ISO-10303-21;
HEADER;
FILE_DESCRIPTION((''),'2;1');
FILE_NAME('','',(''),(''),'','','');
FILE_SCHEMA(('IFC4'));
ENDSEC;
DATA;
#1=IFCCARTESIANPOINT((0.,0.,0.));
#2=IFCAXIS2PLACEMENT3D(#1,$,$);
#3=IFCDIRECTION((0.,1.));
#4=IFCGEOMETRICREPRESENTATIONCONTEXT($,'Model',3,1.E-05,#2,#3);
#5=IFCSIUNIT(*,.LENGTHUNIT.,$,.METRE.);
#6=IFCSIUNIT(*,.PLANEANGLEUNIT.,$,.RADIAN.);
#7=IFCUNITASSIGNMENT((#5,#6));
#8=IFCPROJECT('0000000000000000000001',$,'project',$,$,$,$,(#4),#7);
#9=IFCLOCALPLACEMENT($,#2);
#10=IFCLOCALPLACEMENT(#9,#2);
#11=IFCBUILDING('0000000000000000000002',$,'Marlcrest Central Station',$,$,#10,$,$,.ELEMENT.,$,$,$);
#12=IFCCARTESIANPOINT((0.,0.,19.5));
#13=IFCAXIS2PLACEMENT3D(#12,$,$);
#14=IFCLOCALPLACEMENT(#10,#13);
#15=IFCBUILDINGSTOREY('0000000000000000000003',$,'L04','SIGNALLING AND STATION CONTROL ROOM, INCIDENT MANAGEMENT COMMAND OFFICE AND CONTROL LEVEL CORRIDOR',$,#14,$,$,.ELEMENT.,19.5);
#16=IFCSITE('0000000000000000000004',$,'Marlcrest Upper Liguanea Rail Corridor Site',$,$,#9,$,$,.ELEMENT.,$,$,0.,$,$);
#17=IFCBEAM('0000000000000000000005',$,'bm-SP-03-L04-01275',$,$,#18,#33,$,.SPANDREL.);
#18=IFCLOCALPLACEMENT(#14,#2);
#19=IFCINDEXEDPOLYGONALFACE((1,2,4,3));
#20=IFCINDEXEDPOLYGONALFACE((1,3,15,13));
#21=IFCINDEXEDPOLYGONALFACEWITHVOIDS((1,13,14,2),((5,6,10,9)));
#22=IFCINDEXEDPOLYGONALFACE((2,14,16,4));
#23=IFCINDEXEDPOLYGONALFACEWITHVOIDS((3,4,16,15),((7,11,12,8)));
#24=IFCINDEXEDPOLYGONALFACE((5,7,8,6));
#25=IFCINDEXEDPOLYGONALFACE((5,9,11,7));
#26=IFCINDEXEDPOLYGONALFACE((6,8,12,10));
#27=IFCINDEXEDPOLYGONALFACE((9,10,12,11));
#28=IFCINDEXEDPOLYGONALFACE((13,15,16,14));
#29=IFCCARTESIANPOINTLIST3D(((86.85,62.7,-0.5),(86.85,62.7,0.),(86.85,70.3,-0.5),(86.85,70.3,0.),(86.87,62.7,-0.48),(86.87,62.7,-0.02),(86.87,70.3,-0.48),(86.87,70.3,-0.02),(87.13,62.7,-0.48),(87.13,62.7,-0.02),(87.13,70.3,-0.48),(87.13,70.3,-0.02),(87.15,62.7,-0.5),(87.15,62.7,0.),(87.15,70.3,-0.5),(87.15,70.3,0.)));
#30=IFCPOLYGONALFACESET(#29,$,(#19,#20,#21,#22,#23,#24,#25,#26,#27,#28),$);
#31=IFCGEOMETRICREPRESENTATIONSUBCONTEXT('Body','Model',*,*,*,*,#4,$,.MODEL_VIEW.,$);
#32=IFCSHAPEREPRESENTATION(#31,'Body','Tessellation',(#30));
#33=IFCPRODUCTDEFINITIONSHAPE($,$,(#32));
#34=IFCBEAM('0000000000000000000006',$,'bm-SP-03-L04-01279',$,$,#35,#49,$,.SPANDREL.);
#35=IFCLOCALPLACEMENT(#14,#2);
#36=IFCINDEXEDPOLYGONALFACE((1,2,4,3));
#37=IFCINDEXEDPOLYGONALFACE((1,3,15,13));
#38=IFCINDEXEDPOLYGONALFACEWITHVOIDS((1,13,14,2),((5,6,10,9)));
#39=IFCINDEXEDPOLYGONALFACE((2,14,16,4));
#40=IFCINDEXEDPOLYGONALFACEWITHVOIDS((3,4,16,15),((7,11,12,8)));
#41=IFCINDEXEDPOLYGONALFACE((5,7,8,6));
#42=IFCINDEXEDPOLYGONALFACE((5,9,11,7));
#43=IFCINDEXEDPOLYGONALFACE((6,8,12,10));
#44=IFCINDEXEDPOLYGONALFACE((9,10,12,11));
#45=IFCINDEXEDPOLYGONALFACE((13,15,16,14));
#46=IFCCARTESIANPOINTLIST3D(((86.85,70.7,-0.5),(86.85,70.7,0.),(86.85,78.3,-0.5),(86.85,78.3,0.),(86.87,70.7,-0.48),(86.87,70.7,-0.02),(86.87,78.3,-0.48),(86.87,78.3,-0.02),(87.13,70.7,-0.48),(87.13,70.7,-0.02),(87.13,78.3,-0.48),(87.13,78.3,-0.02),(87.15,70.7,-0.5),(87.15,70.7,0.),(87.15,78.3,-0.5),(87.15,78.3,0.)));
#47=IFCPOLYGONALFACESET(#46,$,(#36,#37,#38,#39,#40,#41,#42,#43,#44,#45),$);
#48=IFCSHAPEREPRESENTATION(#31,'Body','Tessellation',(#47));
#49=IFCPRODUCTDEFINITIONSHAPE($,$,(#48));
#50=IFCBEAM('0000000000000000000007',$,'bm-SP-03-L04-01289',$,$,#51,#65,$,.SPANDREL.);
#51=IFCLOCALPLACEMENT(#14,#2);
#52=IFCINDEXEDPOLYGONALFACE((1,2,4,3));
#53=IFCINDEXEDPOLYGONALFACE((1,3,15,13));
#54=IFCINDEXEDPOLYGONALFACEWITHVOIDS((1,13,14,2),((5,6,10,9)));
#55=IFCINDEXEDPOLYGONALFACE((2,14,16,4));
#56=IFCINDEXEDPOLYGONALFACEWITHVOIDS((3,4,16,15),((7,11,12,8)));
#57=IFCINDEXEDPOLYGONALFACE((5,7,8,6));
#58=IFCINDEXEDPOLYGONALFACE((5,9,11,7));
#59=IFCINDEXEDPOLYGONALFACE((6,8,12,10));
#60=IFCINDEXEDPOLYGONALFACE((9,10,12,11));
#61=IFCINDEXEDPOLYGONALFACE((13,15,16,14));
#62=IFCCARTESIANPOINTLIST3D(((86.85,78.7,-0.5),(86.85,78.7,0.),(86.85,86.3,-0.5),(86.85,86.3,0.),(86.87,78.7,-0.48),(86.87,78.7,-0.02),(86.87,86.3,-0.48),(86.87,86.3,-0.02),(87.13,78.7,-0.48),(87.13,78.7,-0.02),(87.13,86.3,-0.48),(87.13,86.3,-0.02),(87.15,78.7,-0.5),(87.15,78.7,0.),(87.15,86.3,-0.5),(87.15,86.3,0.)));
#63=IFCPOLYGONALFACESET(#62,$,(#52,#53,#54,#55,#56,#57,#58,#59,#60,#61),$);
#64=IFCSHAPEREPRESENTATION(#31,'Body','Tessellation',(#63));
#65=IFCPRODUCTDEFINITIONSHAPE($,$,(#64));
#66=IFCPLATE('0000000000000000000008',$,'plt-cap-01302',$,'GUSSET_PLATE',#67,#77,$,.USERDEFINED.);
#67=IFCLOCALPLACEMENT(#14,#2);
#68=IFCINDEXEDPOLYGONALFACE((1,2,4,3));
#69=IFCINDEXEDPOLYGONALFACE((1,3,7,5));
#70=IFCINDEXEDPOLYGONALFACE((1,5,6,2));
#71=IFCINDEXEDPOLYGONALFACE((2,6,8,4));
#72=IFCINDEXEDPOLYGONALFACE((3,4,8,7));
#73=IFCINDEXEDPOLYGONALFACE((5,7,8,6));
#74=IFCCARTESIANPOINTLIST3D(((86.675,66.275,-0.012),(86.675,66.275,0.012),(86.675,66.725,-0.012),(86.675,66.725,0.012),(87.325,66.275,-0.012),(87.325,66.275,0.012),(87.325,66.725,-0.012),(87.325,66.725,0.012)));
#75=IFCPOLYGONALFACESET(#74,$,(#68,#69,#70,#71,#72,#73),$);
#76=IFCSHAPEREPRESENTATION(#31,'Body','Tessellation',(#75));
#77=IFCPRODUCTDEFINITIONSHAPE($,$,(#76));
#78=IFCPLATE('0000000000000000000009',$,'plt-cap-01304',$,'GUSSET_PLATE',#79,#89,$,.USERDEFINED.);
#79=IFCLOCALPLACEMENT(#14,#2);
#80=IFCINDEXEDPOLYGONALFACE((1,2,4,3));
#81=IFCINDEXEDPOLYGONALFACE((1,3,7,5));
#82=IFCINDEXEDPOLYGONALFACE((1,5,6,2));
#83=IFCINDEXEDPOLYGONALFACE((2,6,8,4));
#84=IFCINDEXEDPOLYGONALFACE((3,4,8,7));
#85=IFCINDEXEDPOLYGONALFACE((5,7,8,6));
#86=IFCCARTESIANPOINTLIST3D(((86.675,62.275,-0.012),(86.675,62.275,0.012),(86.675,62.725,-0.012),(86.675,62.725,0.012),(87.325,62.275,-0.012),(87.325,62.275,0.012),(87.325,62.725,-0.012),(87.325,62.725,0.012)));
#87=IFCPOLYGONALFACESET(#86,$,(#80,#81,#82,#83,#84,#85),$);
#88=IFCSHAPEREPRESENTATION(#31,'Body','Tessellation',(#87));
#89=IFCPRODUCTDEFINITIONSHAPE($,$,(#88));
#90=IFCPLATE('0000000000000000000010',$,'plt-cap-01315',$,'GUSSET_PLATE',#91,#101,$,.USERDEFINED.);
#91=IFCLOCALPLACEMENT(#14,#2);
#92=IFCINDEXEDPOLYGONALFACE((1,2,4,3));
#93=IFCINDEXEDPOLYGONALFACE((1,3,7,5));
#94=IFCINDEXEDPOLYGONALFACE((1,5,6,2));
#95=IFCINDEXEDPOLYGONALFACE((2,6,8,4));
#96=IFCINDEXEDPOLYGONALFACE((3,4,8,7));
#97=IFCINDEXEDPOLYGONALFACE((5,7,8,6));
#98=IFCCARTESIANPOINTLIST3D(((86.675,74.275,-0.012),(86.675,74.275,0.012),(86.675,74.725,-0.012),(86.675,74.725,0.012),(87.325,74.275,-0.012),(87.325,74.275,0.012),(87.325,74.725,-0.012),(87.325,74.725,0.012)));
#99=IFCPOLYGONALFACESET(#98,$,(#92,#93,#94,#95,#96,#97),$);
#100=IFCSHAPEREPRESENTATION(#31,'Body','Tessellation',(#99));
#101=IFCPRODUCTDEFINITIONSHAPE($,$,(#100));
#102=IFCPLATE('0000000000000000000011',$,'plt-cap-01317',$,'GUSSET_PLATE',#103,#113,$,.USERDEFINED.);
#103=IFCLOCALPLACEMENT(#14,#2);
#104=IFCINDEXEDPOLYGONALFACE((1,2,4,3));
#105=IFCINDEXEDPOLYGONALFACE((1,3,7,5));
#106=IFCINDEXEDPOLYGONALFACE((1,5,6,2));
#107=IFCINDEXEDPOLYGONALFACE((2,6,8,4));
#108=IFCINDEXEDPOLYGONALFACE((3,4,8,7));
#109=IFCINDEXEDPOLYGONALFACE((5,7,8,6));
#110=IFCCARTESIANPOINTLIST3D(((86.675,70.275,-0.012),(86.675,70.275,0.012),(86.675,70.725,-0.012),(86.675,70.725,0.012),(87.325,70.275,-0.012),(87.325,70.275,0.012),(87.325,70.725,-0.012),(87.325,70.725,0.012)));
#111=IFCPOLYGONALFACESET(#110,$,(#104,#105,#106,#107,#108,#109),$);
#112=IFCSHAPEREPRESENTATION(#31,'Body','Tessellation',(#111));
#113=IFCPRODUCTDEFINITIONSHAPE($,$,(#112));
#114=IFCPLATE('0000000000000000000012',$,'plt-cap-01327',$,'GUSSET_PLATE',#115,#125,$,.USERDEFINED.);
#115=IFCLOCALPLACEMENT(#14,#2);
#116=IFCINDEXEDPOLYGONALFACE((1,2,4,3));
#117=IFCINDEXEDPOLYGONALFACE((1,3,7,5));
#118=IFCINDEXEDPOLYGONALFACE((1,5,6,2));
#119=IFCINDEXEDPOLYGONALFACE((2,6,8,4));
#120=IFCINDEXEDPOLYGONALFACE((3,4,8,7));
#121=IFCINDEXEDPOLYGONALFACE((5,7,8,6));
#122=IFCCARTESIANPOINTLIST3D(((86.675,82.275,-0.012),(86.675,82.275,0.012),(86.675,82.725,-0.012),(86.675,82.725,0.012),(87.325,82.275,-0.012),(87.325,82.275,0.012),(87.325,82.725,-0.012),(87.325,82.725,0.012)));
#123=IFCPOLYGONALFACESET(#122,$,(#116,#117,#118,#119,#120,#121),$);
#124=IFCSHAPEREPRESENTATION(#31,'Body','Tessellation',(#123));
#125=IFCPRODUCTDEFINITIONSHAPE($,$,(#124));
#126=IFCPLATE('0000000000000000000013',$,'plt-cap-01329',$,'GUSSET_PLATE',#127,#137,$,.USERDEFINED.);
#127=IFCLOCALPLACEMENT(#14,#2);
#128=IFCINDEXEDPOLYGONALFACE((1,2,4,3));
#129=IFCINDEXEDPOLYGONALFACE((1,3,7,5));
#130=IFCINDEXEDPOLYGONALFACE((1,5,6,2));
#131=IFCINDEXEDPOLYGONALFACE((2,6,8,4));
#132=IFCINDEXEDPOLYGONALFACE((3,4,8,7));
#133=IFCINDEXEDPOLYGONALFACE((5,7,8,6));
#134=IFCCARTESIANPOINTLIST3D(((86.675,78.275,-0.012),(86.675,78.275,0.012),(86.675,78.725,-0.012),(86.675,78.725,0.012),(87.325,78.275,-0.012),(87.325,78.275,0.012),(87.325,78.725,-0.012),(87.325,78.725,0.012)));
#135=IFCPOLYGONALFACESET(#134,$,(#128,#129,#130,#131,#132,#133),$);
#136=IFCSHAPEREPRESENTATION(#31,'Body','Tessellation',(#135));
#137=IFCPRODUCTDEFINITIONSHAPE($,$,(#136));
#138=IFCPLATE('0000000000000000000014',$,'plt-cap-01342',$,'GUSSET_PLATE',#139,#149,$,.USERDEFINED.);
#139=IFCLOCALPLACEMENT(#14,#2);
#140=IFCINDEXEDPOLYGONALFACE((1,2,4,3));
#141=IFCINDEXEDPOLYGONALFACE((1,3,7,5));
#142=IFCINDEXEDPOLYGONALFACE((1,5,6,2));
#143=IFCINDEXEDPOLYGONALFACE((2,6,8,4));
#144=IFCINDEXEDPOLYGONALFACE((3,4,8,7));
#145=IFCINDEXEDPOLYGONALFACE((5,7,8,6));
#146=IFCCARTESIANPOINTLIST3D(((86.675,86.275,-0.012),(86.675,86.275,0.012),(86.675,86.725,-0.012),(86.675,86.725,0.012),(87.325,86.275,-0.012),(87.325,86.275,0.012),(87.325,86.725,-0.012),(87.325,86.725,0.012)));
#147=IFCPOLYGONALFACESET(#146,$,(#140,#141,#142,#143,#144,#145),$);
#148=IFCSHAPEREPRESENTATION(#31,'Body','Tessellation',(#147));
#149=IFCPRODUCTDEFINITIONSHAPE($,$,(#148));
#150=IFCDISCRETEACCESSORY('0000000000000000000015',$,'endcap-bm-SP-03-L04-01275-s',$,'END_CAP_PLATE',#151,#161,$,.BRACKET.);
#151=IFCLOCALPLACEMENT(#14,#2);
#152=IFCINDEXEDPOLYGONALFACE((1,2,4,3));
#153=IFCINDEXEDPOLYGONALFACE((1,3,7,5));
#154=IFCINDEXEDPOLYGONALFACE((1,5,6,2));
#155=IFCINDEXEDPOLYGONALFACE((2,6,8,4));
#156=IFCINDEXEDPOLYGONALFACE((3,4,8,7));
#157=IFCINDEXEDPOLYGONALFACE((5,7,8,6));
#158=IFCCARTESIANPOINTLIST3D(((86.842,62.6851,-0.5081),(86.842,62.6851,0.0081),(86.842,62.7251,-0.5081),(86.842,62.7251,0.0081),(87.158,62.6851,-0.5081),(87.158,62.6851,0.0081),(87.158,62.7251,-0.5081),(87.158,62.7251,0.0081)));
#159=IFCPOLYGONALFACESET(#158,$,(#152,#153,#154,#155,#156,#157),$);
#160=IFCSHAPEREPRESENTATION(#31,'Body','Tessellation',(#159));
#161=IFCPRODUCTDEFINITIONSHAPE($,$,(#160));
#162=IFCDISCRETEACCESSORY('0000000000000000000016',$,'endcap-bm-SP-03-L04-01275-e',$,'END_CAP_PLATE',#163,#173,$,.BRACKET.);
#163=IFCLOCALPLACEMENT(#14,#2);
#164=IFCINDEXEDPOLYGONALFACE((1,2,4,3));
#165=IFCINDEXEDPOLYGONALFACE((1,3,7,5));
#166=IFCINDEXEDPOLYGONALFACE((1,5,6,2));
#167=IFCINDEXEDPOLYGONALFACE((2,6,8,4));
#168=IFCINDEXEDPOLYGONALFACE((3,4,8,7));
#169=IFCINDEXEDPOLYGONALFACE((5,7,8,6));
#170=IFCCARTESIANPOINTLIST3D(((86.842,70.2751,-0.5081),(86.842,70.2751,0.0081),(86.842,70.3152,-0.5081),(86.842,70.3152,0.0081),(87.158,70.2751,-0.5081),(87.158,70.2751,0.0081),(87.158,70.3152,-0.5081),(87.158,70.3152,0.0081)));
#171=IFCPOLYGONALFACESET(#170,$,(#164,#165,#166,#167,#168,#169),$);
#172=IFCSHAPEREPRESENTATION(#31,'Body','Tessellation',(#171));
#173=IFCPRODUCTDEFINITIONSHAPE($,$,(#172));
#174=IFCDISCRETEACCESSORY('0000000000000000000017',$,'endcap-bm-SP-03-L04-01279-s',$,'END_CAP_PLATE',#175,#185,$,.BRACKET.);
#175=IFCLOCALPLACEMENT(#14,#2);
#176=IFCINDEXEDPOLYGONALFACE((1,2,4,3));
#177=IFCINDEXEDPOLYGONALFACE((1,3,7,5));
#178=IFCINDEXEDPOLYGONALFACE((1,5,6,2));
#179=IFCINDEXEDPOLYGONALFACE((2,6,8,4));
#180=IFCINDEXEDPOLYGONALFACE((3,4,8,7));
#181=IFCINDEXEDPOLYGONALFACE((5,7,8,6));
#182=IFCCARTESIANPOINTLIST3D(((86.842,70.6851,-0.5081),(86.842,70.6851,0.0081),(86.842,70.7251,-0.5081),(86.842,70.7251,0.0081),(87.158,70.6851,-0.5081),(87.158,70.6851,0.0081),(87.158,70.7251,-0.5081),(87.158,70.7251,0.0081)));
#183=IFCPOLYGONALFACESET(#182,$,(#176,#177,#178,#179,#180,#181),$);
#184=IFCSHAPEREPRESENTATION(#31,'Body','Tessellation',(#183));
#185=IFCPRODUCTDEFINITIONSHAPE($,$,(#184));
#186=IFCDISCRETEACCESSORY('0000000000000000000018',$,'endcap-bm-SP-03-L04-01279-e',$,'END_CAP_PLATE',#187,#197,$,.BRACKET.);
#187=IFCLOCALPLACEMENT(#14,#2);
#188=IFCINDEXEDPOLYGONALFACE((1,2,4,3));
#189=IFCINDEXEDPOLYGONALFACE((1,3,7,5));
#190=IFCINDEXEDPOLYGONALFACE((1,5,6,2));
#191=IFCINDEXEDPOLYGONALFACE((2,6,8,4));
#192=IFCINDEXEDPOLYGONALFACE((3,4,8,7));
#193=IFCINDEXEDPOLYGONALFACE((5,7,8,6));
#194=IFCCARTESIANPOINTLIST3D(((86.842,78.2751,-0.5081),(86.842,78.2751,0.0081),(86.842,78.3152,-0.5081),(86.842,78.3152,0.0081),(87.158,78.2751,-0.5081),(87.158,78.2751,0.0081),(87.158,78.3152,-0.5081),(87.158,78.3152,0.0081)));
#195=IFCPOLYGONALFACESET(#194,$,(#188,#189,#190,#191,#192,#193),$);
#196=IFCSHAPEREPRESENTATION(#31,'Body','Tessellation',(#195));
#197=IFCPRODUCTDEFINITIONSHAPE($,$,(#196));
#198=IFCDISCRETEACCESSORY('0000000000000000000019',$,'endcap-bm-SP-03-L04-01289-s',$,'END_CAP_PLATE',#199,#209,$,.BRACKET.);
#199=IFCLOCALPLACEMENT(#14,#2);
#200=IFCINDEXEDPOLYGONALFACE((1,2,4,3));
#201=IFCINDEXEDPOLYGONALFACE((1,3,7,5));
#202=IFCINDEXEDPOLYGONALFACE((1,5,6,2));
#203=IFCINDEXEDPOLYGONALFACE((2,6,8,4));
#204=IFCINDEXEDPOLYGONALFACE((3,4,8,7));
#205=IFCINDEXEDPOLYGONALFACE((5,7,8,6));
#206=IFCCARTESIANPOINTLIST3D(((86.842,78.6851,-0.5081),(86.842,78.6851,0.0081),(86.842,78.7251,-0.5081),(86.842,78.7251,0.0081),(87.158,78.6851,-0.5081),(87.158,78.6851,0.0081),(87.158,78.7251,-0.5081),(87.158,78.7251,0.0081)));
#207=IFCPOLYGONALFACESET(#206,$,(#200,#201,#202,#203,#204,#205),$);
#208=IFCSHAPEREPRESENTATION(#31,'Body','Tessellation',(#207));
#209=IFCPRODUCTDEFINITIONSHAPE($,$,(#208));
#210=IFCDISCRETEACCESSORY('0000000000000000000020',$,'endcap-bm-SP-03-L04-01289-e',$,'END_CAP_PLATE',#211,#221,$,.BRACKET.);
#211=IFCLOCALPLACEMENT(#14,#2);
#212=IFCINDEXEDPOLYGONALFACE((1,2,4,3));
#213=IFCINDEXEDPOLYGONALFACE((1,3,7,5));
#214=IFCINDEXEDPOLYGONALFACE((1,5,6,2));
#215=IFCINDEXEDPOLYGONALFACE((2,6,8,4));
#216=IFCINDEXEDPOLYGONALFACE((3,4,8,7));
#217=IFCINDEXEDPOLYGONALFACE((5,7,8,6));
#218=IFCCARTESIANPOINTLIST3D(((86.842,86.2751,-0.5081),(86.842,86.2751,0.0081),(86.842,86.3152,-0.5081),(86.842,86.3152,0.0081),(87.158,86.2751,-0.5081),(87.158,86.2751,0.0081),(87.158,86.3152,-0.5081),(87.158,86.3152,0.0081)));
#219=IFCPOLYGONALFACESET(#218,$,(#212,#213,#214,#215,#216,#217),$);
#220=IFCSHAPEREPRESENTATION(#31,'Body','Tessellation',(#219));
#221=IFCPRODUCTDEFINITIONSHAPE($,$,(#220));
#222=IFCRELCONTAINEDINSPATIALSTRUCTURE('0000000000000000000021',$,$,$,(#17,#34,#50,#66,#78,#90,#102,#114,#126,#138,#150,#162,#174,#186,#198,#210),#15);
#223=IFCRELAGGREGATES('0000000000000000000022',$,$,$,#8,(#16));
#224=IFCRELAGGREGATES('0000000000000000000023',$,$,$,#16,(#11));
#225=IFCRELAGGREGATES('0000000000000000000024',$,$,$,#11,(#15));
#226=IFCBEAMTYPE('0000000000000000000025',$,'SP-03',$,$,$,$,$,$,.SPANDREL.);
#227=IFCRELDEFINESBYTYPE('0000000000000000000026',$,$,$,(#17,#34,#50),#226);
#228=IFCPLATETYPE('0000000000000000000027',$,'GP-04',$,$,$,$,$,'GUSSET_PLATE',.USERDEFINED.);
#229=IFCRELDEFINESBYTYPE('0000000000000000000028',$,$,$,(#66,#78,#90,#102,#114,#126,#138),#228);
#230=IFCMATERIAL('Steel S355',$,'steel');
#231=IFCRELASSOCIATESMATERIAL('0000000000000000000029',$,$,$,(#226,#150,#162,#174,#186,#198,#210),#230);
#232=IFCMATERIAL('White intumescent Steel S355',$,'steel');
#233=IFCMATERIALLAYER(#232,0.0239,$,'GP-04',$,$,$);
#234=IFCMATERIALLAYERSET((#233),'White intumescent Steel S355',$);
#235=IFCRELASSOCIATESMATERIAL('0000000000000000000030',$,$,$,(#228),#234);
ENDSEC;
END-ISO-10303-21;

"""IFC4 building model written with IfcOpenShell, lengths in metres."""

from ifc_helpers import new_model, si_unit, direction, frame, origin, origin_2d, place, context, subcontext, project, spatial, rectangle, hollow_rectangle, extrude, material, layer, layer_set, material_profile, profile_set, type_object, element, save


model = new_model("IFC4")

# Units and contexts
model_context = context("Model", 3, precision=1e-05, world=origin(), true_north=direction((0.0, 1.0)))
body_context = subcontext(model_context, "Body", "Model", "MODEL_VIEW")
ifc_project = project(units=[si_unit("LENGTHUNIT", "METRE"), si_unit("PLANEANGLEUNIT", "RADIAN")], contexts=[model_context])

# Site, building, storey
site_placement = place(None, origin())
site = spatial("IfcSite", under=ifc_project, at=site_placement, Name="Marlcrest Upper Liguanea Rail Corridor Site", CompositionType="ELEMENT", RefElevation=0.0)
building_placement = place(site_placement, origin())
building = spatial("IfcBuilding", under=site, at=building_placement, Name="Marlcrest Central Station", CompositionType="ELEMENT")
storey_placement = place(building_placement, frame((0.0, 0.0, 19.5)))
storey = spatial("IfcBuildingStorey", under=building, at=storey_placement, Name="L04", Description="SIGNALLING AND STATION CONTROL ROOM, INCIDENT MANAGEMENT COMMAND OFFICE AND CONTROL LEVEL CORRIDOR", CompositionType="ELEMENT", Elevation=19.5)

# Beams
ifc_material_1 = material(Name="Steel S355", Category="steel")
ifc_material_profile = material_profile(ifc_material_1, hollow_rectangle(XDim=0.3, YDim=0.5, WallThickness=0.02, at=origin_2d()), Name="RHS 500x300x20")
ifc_profile_set = profile_set([ifc_material_profile], Name="Steel S355")
beam_type = type_object("IfcBeamType", Name="SP-03", PredefinedType="SPANDREL", material=ifc_profile_set)
for number, where, z_axis, x_axis, name in (
    (1, (87.0, 62.7, -0.25), (0.0, 1.0, 0.0), (-1.0, 0.0, 0.0), "bm-SP-03-L04-01275"),
    (2, (87.0, 70.7, -0.25), (0.0, 1.0, 0.0), (-1.0, 0.0, 0.0), "bm-SP-03-L04-01279"),
    (3, (87.0, 78.7, -0.25), (0.0, 1.0, 0.0), (-1.0, 0.0, 0.0), "bm-SP-03-L04-01289"),
):
    element("IfcBeam", number, at=place(storey_placement, frame(where, z_axis=z_axis, x_axis=x_axis)), inside=storey, type_object=beam_type, Name=name, PredefinedType="SPANDREL", context=body_context, shape_type="SweptSolid", body=[
        extrude(hollow_rectangle(XDim=0.3, YDim=0.5, WallThickness=0.02, at=origin_2d()), origin(), (0.0, 0.0, 1.0), 7.6001),
    ])

# Plates
ifc_material_2 = material(Name="White intumescent Steel S355", Category="steel")
ifc_layer = layer(ifc_material_2, 0.0239, Name="GP-04")
ifc_layer_set = layer_set([ifc_layer], Name="White intumescent Steel S355")
plate_type = type_object("IfcPlateType", Name="GP-04", ElementType="GUSSET_PLATE", PredefinedType="USERDEFINED", material=ifc_layer_set)
for number, where, z_axis, x_axis, name in (
    (4, (87.0, 66.5, -0.012), (0.0, 0.0, 1.0), (1.0, 0.0, 0.0), "plt-cap-01302"),
    (5, (87.0, 62.5, -0.012), (0.0, 0.0, 1.0), (1.0, 0.0, 0.0), "plt-cap-01304"),
    (6, (87.0, 74.5, -0.012), (0.0, 0.0, 1.0), (1.0, 0.0, 0.0), "plt-cap-01315"),
    (7, (87.0, 70.5, -0.012), (0.0, 0.0, 1.0), (1.0, 0.0, 0.0), "plt-cap-01317"),
    (8, (87.0, 82.5, -0.012), (0.0, 0.0, 1.0), (1.0, 0.0, 0.0), "plt-cap-01327"),
    (9, (87.0, 78.5, -0.012), (0.0, 0.0, 1.0), (1.0, 0.0, 0.0), "plt-cap-01329"),
    (10, (87.0, 86.5, -0.012), (0.0, 0.0, 1.0), (1.0, 0.0, 0.0), "plt-cap-01342"),
):
    element("IfcPlate", number, at=place(storey_placement, frame(where, z_axis=z_axis, x_axis=x_axis)), inside=storey, type_object=plate_type, Name=name, ObjectType="GUSSET_PLATE", PredefinedType="USERDEFINED", context=body_context, shape_type="SweptSolid", body=[
        extrude(rectangle(XDim=0.6499, YDim=0.45, at=origin_2d()), origin(), (0.0, 0.0, 1.0), 0.0239),
    ])

# Discrete accessories
for number, where, z_axis, x_axis, name in (
    (11, (87.0, 62.6851, -0.25), (0.0, 1.0, 0.0), (-1.0, 0.0, 0.0), "endcap-bm-SP-03-L04-01275-s"),
    (12, (87.0, 70.2751, -0.25), (0.0, 1.0, 0.0), (-1.0, 0.0, 0.0), "endcap-bm-SP-03-L04-01275-e"),
    (13, (87.0, 70.6851, -0.25), (0.0, 1.0, 0.0), (-1.0, 0.0, 0.0), "endcap-bm-SP-03-L04-01279-s"),
    (14, (87.0, 78.2751, -0.25), (0.0, 1.0, 0.0), (-1.0, 0.0, 0.0), "endcap-bm-SP-03-L04-01279-e"),
    (15, (87.0, 78.6851, -0.25), (0.0, 1.0, 0.0), (-1.0, 0.0, 0.0), "endcap-bm-SP-03-L04-01289-s"),
    (16, (87.0, 86.2751, -0.25), (0.0, 1.0, 0.0), (-1.0, 0.0, 0.0), "endcap-bm-SP-03-L04-01289-e"),
):
    element("IfcDiscreteAccessory", number, at=place(storey_placement, frame(where, z_axis=z_axis, x_axis=x_axis)), inside=storey, material=ifc_material_1, Name=name, ObjectType="END_CAP_PLATE", PredefinedType="BRACKET", context=body_context, shape_type="SweptSolid", body=[
        extrude(rectangle(XDim=0.3159, YDim=0.5161, at=origin_2d()), origin(), (0.0, 0.0, 1.0), 0.04),
    ])

save(model, "model.ifc")
